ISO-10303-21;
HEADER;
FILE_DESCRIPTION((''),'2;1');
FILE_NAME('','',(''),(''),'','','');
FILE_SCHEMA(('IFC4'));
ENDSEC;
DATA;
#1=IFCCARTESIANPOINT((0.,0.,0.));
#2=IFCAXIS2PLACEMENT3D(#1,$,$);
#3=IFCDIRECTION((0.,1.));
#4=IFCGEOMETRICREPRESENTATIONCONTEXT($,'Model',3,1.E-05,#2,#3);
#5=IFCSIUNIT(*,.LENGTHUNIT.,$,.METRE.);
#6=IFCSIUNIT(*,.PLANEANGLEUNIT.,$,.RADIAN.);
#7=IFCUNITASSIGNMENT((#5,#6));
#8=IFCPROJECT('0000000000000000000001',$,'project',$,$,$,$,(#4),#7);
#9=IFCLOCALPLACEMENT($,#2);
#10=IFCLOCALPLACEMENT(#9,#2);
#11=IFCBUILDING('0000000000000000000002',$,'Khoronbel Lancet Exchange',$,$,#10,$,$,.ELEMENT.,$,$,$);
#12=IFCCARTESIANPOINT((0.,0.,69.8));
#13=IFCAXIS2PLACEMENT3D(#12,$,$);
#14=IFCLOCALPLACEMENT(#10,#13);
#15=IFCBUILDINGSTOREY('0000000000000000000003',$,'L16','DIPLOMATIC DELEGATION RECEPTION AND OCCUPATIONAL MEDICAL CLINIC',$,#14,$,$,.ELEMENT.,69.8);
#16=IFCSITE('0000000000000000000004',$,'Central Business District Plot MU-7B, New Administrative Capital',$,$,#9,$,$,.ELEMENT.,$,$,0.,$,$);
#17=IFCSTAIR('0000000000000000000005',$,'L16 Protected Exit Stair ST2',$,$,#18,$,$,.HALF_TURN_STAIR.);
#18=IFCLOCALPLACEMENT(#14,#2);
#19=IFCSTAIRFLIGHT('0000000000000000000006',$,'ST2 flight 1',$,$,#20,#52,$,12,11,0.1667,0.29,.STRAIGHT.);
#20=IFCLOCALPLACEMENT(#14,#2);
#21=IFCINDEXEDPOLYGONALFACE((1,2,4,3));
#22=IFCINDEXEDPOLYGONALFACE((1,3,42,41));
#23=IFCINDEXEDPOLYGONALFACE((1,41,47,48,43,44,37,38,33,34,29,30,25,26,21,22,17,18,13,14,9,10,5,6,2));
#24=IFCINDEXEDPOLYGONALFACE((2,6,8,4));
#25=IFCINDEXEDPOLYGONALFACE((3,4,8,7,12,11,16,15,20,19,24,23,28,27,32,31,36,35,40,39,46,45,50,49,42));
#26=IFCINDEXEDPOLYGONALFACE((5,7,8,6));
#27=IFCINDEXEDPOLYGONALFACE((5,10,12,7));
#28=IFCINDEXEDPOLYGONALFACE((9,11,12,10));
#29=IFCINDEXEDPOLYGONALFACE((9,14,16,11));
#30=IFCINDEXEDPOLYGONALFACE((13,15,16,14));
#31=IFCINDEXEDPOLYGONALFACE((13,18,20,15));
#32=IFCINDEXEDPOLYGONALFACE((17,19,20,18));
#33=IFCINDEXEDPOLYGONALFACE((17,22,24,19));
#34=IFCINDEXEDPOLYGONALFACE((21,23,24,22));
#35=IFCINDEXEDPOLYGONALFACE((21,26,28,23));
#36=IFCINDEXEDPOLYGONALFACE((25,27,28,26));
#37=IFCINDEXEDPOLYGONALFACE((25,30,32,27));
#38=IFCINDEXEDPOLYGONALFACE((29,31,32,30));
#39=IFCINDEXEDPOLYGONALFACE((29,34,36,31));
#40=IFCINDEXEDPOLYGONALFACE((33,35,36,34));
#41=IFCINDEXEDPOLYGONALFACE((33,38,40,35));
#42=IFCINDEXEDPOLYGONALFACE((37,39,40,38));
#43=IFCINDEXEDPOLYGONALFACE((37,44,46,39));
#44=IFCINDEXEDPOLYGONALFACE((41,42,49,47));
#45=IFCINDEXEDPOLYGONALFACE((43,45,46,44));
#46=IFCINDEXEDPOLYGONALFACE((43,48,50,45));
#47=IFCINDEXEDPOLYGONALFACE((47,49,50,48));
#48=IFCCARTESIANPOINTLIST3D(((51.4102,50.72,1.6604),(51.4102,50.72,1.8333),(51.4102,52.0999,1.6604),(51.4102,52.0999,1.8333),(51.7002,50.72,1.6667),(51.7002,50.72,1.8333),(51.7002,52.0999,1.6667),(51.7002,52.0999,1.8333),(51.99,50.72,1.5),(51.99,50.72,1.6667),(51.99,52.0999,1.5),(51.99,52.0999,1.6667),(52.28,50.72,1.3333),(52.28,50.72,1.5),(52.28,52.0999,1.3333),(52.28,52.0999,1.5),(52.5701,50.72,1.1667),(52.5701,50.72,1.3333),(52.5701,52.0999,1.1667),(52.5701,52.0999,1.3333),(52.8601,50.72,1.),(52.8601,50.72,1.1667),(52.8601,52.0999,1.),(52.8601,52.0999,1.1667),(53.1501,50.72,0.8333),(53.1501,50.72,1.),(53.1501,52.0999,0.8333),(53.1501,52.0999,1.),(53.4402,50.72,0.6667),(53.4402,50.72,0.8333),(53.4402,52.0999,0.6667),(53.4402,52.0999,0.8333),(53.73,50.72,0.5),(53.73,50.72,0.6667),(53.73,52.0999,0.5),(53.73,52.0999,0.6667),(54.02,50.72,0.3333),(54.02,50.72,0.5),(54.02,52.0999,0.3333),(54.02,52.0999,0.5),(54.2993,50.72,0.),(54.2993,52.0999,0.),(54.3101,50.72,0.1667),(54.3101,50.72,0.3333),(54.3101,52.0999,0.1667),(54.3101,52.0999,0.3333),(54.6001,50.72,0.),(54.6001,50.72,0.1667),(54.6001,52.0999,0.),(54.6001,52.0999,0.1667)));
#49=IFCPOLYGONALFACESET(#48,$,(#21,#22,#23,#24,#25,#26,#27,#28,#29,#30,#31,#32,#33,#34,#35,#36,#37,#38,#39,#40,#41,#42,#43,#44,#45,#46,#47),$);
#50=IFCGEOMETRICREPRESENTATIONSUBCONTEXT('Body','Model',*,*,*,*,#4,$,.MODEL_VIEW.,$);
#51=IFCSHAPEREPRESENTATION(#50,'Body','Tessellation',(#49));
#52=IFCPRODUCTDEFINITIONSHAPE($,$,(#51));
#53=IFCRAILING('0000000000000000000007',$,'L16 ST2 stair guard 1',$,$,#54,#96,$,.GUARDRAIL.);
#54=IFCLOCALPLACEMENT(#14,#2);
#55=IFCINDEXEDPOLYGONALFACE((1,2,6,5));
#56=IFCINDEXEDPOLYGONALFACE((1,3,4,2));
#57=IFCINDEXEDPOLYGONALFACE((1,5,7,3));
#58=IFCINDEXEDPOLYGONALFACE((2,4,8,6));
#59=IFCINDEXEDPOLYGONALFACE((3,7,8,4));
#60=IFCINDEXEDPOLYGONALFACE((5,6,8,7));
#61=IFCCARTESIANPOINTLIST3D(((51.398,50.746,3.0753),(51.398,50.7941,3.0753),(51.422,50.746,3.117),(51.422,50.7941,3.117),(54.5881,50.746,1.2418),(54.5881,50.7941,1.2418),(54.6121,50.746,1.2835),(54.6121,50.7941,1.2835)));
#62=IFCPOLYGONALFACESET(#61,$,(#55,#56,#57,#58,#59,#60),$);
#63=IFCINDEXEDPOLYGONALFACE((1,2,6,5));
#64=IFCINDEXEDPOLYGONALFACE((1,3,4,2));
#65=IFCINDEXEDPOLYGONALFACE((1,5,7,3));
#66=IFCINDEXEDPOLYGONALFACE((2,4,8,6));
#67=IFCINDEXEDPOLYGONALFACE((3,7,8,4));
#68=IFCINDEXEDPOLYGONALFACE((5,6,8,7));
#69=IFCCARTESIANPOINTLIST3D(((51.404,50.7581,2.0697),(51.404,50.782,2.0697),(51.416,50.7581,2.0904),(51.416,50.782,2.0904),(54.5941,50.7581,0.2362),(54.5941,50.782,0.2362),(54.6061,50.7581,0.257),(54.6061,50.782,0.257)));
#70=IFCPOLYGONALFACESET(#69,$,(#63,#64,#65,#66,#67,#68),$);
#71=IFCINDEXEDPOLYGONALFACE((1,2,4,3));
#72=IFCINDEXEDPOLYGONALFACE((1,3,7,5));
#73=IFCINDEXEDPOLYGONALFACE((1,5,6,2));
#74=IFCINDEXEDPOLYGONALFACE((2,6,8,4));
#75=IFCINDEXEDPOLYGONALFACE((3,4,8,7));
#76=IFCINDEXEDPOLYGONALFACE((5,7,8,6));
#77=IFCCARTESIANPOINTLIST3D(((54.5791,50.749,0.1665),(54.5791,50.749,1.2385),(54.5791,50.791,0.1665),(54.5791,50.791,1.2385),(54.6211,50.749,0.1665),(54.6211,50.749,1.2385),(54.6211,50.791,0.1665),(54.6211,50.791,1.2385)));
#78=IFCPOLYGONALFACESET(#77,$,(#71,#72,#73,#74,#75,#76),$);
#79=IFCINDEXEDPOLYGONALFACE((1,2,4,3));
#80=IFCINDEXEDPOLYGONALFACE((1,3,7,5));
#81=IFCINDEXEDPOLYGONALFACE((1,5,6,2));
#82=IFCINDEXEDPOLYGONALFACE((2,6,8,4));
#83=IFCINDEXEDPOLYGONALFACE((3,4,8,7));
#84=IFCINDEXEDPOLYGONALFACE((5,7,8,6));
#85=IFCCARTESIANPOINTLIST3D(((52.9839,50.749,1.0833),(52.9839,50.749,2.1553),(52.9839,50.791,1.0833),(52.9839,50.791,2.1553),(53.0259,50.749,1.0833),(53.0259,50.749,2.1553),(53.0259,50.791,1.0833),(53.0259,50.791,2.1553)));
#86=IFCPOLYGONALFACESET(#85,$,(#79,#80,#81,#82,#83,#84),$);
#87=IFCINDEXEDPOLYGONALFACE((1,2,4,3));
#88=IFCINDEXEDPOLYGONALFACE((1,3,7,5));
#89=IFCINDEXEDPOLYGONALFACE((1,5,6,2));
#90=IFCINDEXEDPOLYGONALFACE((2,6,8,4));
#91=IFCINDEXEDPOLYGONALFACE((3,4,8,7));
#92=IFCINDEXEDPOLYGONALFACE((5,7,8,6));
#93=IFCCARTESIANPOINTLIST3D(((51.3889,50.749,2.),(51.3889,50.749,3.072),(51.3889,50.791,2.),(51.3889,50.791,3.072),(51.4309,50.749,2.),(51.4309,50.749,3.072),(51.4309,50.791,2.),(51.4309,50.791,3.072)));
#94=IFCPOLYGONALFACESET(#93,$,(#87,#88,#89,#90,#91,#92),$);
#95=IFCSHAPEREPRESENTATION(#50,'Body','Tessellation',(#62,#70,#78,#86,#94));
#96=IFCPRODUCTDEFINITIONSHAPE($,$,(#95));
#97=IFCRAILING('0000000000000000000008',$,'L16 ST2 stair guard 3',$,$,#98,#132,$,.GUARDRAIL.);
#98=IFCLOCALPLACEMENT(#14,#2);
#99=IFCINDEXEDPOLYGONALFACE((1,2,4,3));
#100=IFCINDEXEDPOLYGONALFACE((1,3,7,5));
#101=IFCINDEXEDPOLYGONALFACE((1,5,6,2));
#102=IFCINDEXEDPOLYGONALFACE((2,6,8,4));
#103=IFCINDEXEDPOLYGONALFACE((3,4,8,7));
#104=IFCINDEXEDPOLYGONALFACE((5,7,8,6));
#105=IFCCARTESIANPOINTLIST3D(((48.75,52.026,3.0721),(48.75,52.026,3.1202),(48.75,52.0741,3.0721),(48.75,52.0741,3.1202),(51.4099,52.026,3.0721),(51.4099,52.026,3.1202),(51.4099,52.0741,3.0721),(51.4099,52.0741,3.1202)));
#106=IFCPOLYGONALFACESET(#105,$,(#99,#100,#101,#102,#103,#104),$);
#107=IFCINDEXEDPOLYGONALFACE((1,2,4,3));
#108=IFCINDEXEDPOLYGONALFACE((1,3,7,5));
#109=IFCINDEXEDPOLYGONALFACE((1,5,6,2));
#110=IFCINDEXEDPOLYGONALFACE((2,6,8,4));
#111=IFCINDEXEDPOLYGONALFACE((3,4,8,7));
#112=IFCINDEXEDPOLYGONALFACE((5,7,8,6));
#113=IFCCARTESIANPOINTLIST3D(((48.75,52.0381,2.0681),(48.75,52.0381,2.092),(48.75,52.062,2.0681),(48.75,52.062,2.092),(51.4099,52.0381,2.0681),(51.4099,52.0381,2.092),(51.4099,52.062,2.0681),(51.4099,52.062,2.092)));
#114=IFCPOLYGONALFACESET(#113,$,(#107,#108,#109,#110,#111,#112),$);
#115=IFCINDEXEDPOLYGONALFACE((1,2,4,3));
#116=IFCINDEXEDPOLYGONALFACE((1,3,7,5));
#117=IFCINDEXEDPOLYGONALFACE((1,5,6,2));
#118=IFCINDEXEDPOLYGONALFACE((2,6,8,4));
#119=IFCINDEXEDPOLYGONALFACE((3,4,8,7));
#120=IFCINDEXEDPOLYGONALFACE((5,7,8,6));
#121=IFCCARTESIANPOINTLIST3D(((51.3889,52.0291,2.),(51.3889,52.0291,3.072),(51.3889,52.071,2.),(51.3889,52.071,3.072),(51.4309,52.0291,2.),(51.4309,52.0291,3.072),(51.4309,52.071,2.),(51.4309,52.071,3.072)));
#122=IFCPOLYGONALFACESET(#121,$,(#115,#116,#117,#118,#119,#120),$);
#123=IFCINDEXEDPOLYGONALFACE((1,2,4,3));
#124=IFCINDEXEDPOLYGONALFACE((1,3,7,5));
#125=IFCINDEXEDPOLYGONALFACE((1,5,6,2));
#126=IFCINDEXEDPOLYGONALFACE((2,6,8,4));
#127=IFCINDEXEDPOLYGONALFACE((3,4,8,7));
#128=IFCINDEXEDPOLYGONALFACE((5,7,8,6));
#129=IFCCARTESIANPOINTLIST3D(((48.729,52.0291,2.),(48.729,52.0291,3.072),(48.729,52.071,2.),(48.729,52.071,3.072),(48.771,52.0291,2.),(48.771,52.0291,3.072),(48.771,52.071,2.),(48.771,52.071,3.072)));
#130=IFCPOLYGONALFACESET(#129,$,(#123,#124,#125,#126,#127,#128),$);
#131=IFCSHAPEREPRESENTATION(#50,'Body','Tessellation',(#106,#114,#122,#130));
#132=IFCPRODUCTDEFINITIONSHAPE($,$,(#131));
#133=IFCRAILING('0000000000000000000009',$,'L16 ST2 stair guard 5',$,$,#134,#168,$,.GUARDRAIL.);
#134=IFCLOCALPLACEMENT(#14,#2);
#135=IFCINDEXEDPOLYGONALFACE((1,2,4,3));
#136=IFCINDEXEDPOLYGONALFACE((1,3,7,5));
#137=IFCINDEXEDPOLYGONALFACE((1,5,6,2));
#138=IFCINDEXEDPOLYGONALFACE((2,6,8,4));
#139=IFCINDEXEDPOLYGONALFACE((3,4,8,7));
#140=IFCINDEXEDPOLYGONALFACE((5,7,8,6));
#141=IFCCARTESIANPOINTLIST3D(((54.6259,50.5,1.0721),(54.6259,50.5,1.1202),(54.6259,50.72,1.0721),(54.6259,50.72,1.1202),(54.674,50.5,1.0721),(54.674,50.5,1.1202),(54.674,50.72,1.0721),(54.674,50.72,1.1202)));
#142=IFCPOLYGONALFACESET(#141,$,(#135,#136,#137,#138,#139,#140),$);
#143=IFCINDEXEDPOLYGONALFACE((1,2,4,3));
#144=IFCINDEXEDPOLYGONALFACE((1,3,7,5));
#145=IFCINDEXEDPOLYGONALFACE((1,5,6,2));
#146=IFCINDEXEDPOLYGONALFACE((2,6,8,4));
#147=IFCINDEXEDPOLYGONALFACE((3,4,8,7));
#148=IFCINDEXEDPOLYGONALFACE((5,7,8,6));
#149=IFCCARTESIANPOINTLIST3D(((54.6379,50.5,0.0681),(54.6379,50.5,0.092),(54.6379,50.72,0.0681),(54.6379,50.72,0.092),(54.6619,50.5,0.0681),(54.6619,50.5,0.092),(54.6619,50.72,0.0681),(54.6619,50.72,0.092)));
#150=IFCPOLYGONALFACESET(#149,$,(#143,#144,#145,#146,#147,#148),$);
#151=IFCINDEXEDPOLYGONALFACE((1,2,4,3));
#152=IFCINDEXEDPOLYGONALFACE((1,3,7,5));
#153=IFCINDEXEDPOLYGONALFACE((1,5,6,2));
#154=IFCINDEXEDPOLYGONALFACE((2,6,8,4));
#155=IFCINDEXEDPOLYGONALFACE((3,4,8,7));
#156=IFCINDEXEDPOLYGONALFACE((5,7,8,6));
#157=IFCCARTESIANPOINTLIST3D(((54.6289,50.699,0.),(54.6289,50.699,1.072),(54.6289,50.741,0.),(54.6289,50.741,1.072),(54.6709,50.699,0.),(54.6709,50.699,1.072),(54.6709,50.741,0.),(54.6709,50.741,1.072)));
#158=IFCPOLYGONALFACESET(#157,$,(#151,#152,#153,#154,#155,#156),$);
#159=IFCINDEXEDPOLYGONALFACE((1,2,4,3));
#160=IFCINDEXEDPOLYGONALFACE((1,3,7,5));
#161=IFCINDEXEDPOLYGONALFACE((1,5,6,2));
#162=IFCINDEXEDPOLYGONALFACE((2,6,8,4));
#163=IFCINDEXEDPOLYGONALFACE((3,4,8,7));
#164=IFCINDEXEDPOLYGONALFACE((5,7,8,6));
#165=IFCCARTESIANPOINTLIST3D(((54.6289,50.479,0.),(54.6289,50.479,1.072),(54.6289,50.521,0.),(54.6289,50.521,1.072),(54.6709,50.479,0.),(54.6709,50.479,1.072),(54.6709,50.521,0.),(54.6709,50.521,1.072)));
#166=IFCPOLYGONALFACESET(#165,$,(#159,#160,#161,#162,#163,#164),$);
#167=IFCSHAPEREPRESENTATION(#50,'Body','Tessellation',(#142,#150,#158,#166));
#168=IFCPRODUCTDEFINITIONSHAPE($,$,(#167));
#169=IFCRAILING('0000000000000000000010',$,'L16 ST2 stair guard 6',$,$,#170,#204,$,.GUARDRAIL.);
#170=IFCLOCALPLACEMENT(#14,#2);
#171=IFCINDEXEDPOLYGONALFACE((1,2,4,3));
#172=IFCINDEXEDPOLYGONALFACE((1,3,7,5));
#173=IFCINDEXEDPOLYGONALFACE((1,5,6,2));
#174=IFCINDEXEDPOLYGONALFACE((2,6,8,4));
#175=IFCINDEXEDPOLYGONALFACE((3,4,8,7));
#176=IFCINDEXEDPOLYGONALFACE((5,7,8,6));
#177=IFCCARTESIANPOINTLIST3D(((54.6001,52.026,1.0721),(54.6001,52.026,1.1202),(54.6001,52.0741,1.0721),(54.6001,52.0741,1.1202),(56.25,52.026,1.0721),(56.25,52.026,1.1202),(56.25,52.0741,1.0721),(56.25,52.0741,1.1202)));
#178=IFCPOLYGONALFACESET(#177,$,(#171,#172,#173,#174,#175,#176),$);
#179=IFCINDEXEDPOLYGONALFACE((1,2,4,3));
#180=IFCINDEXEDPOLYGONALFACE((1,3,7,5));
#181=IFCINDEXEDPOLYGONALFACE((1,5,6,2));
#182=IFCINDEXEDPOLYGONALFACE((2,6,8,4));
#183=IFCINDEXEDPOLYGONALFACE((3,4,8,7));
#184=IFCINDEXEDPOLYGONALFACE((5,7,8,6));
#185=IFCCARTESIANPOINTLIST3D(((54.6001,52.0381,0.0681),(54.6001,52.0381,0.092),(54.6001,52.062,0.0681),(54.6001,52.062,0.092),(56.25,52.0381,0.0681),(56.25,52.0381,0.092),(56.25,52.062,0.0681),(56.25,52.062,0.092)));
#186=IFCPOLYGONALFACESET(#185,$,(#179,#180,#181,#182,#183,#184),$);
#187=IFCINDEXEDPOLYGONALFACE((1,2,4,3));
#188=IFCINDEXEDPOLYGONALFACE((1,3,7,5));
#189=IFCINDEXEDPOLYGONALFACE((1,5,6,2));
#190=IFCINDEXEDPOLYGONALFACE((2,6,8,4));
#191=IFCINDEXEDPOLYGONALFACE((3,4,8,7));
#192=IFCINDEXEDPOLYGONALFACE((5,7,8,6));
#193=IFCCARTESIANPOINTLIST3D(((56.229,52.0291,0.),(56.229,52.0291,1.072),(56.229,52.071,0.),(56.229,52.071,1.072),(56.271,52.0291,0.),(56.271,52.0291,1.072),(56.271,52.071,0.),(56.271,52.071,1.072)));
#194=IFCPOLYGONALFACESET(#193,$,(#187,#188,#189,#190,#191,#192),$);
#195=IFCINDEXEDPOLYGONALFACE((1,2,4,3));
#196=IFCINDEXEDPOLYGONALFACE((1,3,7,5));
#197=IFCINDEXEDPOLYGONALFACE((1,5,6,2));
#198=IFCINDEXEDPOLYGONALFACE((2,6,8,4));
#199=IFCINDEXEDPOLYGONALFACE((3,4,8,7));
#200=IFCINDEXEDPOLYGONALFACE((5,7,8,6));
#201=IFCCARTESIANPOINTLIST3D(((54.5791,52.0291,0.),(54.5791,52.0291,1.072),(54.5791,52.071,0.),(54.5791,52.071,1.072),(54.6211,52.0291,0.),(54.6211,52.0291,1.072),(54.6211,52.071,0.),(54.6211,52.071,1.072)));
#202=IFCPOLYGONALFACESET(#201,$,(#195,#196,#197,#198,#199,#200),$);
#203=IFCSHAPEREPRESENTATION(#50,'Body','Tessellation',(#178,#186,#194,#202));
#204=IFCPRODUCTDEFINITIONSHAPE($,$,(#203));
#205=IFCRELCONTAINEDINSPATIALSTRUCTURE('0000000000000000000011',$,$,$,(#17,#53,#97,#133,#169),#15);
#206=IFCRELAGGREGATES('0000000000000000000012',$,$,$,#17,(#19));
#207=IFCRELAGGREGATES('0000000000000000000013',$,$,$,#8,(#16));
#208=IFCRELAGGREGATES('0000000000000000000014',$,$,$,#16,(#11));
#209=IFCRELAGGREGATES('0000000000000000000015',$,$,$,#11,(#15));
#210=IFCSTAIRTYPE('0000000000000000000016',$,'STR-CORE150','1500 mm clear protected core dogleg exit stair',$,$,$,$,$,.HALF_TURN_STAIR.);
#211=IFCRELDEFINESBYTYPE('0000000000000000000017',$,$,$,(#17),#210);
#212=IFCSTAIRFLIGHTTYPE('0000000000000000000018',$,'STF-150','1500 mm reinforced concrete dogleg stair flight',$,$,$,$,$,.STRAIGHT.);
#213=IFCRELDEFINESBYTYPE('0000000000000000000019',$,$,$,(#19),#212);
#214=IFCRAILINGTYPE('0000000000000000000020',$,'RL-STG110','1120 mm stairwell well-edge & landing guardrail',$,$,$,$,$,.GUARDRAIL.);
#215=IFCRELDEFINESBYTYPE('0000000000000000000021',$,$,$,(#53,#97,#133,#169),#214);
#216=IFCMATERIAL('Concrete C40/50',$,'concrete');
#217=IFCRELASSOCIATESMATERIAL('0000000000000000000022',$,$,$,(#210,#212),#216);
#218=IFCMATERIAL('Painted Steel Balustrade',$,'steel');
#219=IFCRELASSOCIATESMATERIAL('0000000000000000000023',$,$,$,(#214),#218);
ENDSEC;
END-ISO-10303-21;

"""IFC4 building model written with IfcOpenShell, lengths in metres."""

from ifc_helpers import new_model, si_unit, direction, frame, origin, origin_2d, place, context, subcontext, project, spatial, polyline, rectangle, outline, extrude, material, type_object, element, aggregate, save


model = new_model("IFC4")

# Units and contexts
model_context = context("Model", 3, precision=1e-05, world=origin(), true_north=direction((0.0, 1.0)))
body_context = subcontext(model_context, "Body", "Model", "MODEL_VIEW")
ifc_project = project(units=[si_unit("LENGTHUNIT", "METRE"), si_unit("PLANEANGLEUNIT", "RADIAN")], contexts=[model_context])

# Site, building, storey
site_placement = place(None, origin())
site = spatial("IfcSite", under=ifc_project, at=site_placement, Name="Central Business District Plot MU-7B, New Administrative Capital", CompositionType="ELEMENT", RefElevation=0.0)
building_placement = place(site_placement, origin())
building = spatial("IfcBuilding", under=site, at=building_placement, Name="Khoronbel Lancet Exchange", CompositionType="ELEMENT")
storey_placement = place(building_placement, frame((0.0, 0.0, 69.8)))
storey = spatial("IfcBuildingStorey", under=building, at=storey_placement, Name="L16", Description="DIPLOMATIC DELEGATION RECEPTION AND OCCUPATIONAL MEDICAL CLINIC", CompositionType="ELEMENT", Elevation=69.8)

# Stair, stair flight
ifc_material_1 = material(Name="Concrete C40/50", Category="concrete")
stair_type = type_object("IfcStairType", Name="STR-CORE150", Description="1500 mm clear protected core dogleg exit stair", PredefinedType="HALF_TURN_STAIR", material=ifc_material_1)
stair_placement = place(storey_placement, origin())
stair = element("IfcStair", 1, at=stair_placement, inside=storey, type_object=stair_type, Name="L16 Protected Exit Stair ST2", PredefinedType="HALF_TURN_STAIR")
stair_flight_type = type_object("IfcStairFlightType", Name="STF-150", Description="1500 mm reinforced concrete dogleg stair flight", PredefinedType="STRAIGHT", material=ifc_material_1)
stair_flight_placement = place(storey_placement, frame((54.6001, 51.4099, 0.0), z_axis=(0.0, 0.0, 1.0), x_axis=(-1.0, 0.0, 0.0)))
stair_flight = element("IfcStairFlight", 2, at=stair_flight_placement, type_object=stair_flight_type, Name="ST2 flight 1", NumberOfRisers=12, NumberOfTreads=11, PredefinedType="STRAIGHT", RiserHeight=0.1667, TreadLength=0.29, context=body_context, shape_type="SweptSolid", body=[
    extrude(outline(polyline([(0.0, 0.0), (0.0, 0.1667), (0.29, 0.1667), (0.29, 0.3333), (0.5801, 0.3333), (0.5801, 0.5), (0.8701, 0.5), (0.8701, 0.6667), (1.1599, 0.6667), (1.1599, 0.8333), (1.45, 0.8333), (1.45, 1.0), (1.74, 1.0), (1.74, 1.1667), (2.03, 1.1667), (2.03, 1.3333), (2.3201, 1.3333), (2.3201, 1.5), (2.6101, 1.5), (2.6101, 1.6667), (2.8999, 1.6667), (2.8999, 1.8333), (3.1899, 1.8333), (3.1899, 2.0), (3.1899, 1.6604), (0.3008, 0.0), (0.0, 0.0)])), frame((0.0, 0.6899, 0.0), z_axis=(0.0, -1.0, 0.0), x_axis=(1.0, 0.0, 0.0)), (0.0, 0.0, 1.0), 1.3799),
])
aggregate(stair, [stair_flight])

# Railings
ifc_material_2 = material(Name="Painted Steel Balustrade", Category="steel")
railing_type_1 = type_object("IfcRailingType", Name="RL-STG110", Description="1120 mm stairwell well-edge & landing guardrail", PredefinedType="GUARDRAIL", material=ifc_material_2)
railing_1_placement = place(storey_placement, frame((54.6001, 50.77, 0.1665)))
element("IfcRailing", 3, at=railing_1_placement, inside=storey, type_object=railing_type_1, Name="L16 ST2 stair guard 1", PredefinedType="GUARDRAIL", context=body_context, shape_type="SweptSolid", body=[
    extrude(rectangle(XDim=0.0481, YDim=0.0481, at=origin_2d()), frame((0.0, 0.0, 1.0962), z_axis=(-0.867007, 0.0, 0.498295), x_axis=(0.0, -1.0, 0.0)), (0.0, 0.0, 1.0), 3.6794),
    extrude(rectangle(XDim=0.0239, YDim=0.0239, at=origin_2d()), frame((0.0, 0.0, 0.0801), z_axis=(-0.867007, 0.0, 0.498295), x_axis=(0.0, -1.0, 0.0)), (0.0, 0.0, 1.0), 3.6794),
    extrude(rectangle(XDim=0.042, YDim=0.042, at=origin_2d()), origin(), (0.0, 0.0, 1.0), 1.072),
    extrude(rectangle(XDim=0.042, YDim=0.042, at=origin_2d()), frame((-1.5952, 0.0, 0.9167)), (0.0, 0.0, 1.0), 1.072),
    extrude(rectangle(XDim=0.042, YDim=0.042, at=origin_2d()), frame((-3.1902, 0.0, 1.8335)), (0.0, 0.0, 1.0), 1.072),
])
railing_2_placement = place(storey_placement, frame((51.4099, 52.05, 2.0)))
element("IfcRailing", 4, at=railing_2_placement, inside=storey, type_object=railing_type_1, Name="L16 ST2 stair guard 3", PredefinedType="GUARDRAIL", context=body_context, shape_type="SweptSolid", body=[
    extrude(rectangle(XDim=0.0481, YDim=0.0481, at=origin_2d()), frame((0.0, 0.0, 1.0962), z_axis=(-1.0, 0.0, 0.0), x_axis=(0.0, -1.0, 0.0)), (0.0, 0.0, 1.0), 2.6599),
    extrude(rectangle(XDim=0.0239, YDim=0.0239, at=origin_2d()), frame((0.0, 0.0, 0.0801), z_axis=(-1.0, 0.0, 0.0), x_axis=(0.0, -1.0, 0.0)), (0.0, 0.0, 1.0), 2.6599),
    extrude(rectangle(XDim=0.042, YDim=0.042, at=origin_2d()), origin(), (0.0, 0.0, 1.0), 1.072),
    extrude(rectangle(XDim=0.042, YDim=0.042, at=origin_2d()), frame((-2.6599, 0.0, 0.0)), (0.0, 0.0, 1.0), 1.072),
])
railing_3_placement = place(storey_placement, frame((54.6499, 50.72, 0.0)))
element("IfcRailing", 5, at=railing_3_placement, inside=storey, type_object=railing_type_1, Name="L16 ST2 stair guard 5", PredefinedType="GUARDRAIL", context=body_context, shape_type="SweptSolid", body=[
    extrude(rectangle(XDim=0.0481, YDim=0.0481, at=origin_2d()), frame((0.0, 0.0, 1.0962), z_axis=(0.0, -1.0, 0.0), x_axis=(1.0, 0.0, 0.0)), (0.0, 0.0, 1.0), 0.22),
    extrude(rectangle(XDim=0.0239, YDim=0.0239, at=origin_2d()), frame((0.0, 0.0, 0.0801), z_axis=(0.0, -1.0, 0.0), x_axis=(1.0, 0.0, 0.0)), (0.0, 0.0, 1.0), 0.22),
    extrude(rectangle(XDim=0.042, YDim=0.042, at=origin_2d()), origin(), (0.0, 0.0, 1.0), 1.072),
    extrude(rectangle(XDim=0.042, YDim=0.042, at=origin_2d()), frame((0.0, -0.22, 0.0)), (0.0, 0.0, 1.0), 1.072),
])
railing_4_placement = place(storey_placement, frame((56.25, 52.05, 0.0)))
element("IfcRailing", 6, at=railing_4_placement, inside=storey, type_object=railing_type_1, Name="L16 ST2 stair guard 6", PredefinedType="GUARDRAIL", context=body_context, shape_type="SweptSolid", body=[
    extrude(rectangle(XDim=0.0481, YDim=0.0481, at=origin_2d()), frame((0.0, 0.0, 1.0962), z_axis=(-1.0, 0.0, 0.0), x_axis=(0.0, -1.0, 0.0)), (0.0, 0.0, 1.0), 1.6499),
    extrude(rectangle(XDim=0.0239, YDim=0.0239, at=origin_2d()), frame((0.0, 0.0, 0.0801), z_axis=(-1.0, 0.0, 0.0), x_axis=(0.0, -1.0, 0.0)), (0.0, 0.0, 1.0), 1.6499),
    extrude(rectangle(XDim=0.042, YDim=0.042, at=origin_2d()), origin(), (0.0, 0.0, 1.0), 1.072),
    extrude(rectangle(XDim=0.042, YDim=0.042, at=origin_2d()), frame((-1.6499, 0.0, 0.0)), (0.0, 0.0, 1.0), 1.072),
])

save(model, "model.ifc")
